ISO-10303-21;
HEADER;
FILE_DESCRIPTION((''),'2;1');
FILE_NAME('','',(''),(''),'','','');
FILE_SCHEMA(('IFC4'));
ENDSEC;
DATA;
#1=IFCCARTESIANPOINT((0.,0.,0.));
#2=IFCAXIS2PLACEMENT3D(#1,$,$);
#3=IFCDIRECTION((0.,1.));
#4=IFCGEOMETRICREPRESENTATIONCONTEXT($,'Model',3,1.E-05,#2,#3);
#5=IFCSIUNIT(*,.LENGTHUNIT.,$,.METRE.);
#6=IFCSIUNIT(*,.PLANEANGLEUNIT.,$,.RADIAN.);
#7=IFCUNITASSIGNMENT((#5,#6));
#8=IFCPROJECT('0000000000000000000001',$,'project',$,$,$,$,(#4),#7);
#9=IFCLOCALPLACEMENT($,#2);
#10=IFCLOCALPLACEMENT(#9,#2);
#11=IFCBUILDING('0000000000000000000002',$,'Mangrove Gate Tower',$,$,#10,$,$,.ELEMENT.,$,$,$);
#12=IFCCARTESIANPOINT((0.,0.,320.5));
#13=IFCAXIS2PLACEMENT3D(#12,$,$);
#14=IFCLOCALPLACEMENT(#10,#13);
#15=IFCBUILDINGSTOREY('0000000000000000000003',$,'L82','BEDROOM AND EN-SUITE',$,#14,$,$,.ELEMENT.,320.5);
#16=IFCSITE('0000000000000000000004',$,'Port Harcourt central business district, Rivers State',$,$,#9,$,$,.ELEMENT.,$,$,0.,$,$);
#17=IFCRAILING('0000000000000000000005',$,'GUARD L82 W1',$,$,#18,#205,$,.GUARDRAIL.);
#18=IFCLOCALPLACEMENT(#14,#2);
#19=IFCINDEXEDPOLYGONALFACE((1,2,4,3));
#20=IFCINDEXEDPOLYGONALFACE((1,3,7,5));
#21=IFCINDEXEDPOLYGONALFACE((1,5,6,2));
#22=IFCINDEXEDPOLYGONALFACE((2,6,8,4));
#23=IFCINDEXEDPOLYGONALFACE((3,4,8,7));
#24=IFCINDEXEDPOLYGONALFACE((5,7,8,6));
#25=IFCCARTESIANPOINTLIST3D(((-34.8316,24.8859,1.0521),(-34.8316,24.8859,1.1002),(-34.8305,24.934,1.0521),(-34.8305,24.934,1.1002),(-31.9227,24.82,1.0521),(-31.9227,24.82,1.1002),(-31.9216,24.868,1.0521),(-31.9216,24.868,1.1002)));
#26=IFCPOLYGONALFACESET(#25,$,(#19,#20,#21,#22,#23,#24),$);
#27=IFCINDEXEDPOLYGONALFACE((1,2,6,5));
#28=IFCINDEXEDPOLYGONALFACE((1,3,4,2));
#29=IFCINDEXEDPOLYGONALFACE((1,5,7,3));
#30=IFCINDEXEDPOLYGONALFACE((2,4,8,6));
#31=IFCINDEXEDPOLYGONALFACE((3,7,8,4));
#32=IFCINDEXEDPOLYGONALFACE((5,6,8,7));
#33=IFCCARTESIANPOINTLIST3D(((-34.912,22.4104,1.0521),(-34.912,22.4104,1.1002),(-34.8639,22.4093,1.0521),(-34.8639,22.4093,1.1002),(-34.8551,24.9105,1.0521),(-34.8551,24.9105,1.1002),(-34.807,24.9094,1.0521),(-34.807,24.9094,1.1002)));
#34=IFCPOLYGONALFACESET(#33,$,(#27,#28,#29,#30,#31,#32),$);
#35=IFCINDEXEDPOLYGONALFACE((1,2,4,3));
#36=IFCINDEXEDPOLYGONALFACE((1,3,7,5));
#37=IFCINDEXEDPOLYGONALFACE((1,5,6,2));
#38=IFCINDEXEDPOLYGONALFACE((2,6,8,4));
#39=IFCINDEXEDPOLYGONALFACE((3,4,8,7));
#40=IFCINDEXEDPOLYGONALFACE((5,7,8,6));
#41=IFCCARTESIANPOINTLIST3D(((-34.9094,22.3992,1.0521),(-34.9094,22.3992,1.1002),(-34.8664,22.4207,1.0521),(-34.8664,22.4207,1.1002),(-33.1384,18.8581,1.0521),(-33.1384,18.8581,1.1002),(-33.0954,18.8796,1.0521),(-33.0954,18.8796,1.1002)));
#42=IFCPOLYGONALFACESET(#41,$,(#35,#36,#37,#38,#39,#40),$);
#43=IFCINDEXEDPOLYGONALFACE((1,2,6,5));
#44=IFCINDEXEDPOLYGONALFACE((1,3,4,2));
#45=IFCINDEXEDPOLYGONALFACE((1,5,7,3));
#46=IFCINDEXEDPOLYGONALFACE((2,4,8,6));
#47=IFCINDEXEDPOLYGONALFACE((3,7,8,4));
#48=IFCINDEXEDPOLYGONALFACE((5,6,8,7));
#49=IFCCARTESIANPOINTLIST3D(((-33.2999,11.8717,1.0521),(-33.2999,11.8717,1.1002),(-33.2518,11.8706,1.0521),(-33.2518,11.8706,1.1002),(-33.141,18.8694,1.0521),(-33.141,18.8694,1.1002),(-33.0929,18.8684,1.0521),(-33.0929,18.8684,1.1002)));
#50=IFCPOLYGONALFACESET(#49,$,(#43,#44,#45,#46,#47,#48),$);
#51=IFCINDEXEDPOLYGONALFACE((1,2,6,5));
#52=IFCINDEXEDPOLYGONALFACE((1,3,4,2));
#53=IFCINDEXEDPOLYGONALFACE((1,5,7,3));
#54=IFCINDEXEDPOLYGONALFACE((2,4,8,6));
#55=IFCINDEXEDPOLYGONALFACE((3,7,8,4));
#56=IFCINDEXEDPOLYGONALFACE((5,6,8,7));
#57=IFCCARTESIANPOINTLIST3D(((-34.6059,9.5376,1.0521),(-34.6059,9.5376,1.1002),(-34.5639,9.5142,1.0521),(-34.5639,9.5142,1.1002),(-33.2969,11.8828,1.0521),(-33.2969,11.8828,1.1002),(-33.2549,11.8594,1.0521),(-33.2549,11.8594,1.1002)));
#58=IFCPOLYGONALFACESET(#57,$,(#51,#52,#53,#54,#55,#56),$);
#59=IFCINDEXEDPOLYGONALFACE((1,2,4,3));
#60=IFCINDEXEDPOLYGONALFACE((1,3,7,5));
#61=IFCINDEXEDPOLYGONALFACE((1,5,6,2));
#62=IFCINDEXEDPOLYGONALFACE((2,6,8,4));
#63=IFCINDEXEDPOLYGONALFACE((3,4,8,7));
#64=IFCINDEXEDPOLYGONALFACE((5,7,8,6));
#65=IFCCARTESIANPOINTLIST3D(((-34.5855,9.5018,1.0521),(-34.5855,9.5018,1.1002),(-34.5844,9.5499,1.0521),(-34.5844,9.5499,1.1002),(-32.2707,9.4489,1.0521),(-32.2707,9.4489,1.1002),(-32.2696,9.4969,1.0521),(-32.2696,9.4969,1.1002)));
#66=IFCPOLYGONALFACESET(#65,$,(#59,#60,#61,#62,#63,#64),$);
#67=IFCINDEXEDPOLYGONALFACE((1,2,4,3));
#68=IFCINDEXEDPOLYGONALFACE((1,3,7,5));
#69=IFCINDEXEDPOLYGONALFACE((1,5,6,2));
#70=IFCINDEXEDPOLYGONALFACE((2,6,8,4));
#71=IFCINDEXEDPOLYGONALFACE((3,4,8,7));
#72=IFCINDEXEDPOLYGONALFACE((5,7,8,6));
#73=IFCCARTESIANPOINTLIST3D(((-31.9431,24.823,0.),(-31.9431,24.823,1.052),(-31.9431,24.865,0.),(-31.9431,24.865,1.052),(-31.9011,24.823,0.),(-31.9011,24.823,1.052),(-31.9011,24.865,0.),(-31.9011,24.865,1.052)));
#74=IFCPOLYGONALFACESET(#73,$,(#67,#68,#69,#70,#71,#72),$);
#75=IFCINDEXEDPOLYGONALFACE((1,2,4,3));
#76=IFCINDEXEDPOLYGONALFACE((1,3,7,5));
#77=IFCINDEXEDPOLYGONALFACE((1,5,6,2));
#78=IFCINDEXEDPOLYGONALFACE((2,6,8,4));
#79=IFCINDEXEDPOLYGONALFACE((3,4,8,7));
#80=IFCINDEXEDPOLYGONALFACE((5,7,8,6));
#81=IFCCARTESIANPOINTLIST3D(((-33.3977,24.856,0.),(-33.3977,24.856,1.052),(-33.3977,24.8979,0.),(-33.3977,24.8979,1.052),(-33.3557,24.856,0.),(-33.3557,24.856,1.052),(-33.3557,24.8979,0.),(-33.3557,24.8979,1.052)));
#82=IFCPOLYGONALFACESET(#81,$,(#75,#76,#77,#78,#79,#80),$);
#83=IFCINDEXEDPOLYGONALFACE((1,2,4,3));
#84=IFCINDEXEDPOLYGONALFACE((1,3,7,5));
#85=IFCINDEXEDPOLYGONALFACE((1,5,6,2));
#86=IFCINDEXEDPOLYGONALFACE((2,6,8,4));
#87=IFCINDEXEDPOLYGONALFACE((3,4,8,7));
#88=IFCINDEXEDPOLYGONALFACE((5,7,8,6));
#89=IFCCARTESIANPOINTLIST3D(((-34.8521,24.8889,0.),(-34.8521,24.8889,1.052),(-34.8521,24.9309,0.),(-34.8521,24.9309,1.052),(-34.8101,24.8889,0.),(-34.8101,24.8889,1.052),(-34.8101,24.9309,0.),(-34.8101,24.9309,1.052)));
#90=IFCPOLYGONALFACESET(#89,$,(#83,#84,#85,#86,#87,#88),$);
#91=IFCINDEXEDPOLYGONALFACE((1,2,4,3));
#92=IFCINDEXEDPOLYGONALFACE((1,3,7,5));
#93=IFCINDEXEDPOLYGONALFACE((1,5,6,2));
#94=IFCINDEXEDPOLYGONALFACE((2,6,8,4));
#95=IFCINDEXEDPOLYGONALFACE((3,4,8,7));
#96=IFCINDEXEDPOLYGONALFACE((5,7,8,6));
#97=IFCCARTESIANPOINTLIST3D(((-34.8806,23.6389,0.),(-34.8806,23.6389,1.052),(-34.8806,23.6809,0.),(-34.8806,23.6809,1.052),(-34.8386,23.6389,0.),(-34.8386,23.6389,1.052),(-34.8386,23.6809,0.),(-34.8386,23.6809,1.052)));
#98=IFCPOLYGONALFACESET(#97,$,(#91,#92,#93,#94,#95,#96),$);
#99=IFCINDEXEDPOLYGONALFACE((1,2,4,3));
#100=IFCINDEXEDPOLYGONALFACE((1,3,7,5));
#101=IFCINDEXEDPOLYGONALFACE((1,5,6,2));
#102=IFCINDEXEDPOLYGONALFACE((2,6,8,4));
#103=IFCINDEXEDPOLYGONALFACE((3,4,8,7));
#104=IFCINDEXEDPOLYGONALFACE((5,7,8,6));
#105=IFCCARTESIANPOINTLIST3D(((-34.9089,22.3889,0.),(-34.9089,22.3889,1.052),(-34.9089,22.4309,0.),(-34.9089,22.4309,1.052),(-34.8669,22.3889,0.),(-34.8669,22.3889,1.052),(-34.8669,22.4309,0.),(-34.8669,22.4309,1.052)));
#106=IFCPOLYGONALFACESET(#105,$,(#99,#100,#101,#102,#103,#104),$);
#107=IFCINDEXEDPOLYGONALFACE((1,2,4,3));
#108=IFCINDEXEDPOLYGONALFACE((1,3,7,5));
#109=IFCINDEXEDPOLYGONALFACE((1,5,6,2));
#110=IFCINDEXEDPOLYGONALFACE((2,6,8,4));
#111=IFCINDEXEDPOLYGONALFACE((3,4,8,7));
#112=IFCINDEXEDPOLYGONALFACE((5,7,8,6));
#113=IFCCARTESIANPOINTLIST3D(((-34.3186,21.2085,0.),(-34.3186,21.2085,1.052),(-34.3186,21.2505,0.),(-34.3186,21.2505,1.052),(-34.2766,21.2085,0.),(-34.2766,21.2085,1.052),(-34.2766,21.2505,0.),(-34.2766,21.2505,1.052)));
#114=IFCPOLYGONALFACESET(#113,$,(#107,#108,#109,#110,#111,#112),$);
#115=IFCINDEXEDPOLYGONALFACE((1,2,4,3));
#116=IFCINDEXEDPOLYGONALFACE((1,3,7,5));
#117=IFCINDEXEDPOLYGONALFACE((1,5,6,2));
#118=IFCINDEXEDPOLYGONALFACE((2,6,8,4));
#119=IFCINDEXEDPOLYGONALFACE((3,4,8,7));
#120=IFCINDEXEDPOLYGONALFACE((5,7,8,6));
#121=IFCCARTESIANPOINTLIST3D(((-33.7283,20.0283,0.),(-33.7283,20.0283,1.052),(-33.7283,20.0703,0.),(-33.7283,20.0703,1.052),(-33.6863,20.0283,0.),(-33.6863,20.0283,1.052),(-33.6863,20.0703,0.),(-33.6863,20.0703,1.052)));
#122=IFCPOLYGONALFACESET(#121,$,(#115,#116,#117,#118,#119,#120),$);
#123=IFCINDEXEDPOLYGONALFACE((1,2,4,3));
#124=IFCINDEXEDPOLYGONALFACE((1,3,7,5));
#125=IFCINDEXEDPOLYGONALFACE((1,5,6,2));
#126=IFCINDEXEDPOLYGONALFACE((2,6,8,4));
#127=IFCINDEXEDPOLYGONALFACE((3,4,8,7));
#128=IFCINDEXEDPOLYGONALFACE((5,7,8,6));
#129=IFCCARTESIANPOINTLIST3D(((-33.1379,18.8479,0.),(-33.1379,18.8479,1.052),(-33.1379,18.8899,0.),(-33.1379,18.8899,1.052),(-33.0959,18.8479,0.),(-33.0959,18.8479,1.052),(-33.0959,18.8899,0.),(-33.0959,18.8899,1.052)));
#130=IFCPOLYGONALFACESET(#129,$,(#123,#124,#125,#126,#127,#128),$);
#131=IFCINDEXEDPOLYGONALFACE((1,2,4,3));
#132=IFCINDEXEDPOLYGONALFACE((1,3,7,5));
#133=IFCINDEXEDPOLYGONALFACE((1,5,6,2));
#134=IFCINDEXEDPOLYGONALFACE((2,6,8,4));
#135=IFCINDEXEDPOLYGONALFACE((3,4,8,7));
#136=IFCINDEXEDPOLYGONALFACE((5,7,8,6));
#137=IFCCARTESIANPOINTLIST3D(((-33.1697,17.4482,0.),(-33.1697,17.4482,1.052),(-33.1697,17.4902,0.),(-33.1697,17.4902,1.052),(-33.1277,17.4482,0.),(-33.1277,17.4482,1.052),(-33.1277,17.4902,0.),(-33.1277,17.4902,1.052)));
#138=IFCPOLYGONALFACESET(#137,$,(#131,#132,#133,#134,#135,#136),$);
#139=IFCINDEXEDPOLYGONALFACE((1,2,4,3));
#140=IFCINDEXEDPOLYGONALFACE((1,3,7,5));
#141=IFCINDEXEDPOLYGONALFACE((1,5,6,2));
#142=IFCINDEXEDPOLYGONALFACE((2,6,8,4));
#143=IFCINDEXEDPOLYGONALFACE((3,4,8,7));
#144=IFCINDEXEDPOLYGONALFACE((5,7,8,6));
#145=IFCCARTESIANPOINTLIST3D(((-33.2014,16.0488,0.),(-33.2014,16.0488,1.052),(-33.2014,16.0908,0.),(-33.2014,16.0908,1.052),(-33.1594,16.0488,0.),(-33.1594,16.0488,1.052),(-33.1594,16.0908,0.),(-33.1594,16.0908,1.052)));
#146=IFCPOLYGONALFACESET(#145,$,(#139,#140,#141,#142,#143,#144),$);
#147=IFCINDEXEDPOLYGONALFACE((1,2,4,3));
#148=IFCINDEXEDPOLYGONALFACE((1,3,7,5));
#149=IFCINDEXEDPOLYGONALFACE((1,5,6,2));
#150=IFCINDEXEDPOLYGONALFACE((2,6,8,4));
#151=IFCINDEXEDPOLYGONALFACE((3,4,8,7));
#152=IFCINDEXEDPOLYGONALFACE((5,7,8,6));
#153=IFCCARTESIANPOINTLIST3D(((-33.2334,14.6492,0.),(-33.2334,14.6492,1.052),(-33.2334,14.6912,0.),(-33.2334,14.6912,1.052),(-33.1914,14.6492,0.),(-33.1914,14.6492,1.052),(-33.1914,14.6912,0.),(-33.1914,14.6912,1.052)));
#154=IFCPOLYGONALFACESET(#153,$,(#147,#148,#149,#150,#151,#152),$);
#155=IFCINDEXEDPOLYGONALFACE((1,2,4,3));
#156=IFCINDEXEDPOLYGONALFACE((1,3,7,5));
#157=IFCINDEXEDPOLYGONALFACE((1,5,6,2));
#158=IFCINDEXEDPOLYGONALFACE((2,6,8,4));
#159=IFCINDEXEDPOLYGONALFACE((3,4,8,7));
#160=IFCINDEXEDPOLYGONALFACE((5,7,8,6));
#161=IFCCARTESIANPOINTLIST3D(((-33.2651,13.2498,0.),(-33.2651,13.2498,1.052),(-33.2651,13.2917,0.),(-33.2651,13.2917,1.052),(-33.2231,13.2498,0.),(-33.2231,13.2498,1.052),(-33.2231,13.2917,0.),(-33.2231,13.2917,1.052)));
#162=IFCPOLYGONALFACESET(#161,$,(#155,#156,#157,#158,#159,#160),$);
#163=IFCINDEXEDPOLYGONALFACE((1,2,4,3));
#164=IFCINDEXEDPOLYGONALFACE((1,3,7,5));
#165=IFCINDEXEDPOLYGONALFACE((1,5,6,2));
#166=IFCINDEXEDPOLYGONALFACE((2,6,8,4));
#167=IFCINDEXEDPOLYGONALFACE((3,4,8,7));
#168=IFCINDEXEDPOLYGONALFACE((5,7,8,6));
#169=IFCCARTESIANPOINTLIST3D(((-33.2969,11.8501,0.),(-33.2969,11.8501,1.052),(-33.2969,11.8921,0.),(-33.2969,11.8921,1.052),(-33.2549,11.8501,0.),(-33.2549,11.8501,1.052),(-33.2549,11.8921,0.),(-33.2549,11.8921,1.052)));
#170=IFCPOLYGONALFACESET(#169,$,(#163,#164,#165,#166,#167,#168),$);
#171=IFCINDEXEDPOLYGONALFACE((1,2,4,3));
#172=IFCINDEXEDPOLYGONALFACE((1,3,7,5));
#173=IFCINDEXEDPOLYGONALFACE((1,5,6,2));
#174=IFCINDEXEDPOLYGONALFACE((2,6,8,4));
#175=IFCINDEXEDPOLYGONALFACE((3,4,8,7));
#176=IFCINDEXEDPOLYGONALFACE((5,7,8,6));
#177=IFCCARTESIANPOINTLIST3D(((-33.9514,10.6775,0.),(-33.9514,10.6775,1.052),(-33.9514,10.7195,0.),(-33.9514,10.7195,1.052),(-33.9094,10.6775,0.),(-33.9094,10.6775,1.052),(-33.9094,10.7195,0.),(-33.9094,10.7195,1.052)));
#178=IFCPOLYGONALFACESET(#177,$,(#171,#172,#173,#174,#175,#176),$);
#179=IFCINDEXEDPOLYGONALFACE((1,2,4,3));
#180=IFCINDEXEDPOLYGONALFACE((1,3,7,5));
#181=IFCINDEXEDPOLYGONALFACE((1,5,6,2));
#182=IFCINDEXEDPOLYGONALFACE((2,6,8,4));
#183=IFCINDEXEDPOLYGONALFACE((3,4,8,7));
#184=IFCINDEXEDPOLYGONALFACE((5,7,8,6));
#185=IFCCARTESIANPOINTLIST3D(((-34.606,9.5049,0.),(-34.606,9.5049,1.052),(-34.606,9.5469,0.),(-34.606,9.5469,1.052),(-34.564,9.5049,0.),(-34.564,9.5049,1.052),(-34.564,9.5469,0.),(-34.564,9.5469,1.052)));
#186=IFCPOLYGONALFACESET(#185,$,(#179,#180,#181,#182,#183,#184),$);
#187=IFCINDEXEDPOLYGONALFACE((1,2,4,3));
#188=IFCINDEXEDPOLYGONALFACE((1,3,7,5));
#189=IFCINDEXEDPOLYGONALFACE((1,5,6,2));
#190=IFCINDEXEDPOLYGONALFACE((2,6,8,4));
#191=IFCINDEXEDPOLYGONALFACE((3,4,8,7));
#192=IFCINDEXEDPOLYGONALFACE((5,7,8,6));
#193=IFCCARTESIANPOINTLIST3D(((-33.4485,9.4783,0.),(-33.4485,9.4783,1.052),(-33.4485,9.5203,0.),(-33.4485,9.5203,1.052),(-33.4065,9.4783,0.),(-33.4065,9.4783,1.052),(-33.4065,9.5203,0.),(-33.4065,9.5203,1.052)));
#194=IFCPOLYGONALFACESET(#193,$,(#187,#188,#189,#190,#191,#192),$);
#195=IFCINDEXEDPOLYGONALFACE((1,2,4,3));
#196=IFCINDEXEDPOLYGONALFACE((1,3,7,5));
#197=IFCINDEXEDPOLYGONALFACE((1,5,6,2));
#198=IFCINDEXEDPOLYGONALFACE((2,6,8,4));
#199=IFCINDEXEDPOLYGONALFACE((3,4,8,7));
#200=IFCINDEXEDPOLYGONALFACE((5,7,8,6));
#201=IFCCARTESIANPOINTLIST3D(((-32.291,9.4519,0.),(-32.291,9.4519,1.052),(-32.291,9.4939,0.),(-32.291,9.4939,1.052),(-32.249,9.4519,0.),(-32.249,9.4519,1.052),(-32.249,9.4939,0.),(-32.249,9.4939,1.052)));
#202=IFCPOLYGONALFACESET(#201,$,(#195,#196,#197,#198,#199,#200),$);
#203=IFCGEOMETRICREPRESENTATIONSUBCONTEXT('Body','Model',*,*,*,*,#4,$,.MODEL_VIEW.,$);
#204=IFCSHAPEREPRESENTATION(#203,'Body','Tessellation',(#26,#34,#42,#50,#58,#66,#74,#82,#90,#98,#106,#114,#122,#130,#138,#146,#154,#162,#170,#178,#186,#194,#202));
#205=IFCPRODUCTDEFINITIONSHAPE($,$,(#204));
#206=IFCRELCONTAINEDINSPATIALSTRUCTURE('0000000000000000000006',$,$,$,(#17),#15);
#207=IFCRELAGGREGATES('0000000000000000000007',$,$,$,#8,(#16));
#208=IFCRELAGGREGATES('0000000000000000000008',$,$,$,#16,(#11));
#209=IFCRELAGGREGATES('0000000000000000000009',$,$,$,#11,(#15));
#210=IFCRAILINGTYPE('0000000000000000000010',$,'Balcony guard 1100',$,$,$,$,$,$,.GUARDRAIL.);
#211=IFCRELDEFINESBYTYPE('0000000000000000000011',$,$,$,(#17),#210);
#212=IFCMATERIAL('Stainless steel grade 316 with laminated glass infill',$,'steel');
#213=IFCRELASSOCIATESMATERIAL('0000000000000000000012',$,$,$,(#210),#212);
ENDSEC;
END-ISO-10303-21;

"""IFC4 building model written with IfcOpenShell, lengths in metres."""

from ifc_helpers import new_model, si_unit, direction, frame, origin, origin_2d, place, context, subcontext, project, spatial, rectangle, extrude, material, type_object, element, save


model = new_model("IFC4")

# Units and contexts
model_context = context("Model", 3, precision=1e-05, world=origin(), true_north=direction((0.0, 1.0)))
body_context = subcontext(model_context, "Body", "Model", "MODEL_VIEW")
ifc_project = project(units=[si_unit("LENGTHUNIT", "METRE"), si_unit("PLANEANGLEUNIT", "RADIAN")], contexts=[model_context])

# Site, building, storey
site_placement = place(None, origin())
site = spatial("IfcSite", under=ifc_project, at=site_placement, Name="Port Harcourt central business district, Rivers State", CompositionType="ELEMENT", RefElevation=0.0)
building_placement = place(site_placement, origin())
building = spatial("IfcBuilding", under=site, at=building_placement, Name="Mangrove Gate Tower", CompositionType="ELEMENT")
storey_placement = place(building_placement, frame((0.0, 0.0, 320.5)))
storey = spatial("IfcBuildingStorey", under=building, at=storey_placement, Name="L82", Description="BEDROOM AND EN-SUITE", CompositionType="ELEMENT", Elevation=320.5)

# Railing
ifc_material_1 = material(Name="Stainless steel grade 316 with laminated glass infill", Category="steel")
railing_type = type_object("IfcRailingType", Name="Balcony guard 1100", PredefinedType="GUARDRAIL", material=ifc_material_1)
railing_placement = place(storey_placement, frame((-31.9221, 24.844, 0.0)))
element("IfcRailing", 1, at=railing_placement, inside=storey, type_object=railing_type, Name="GUARD L82 W1", PredefinedType="GUARDRAIL", context=body_context, shape_type="SweptSolid", body=[
    extrude(rectangle(XDim=0.0481, YDim=0.0481, at=origin_2d()), frame((0.0, 0.0, 1.0762), z_axis=(-0.999743, 0.022655, 0.0), x_axis=(-0.022655, -0.999743, 0.0)), (0.0, 0.0, 1.0), 2.9097),
    extrude(rectangle(XDim=0.0481, YDim=0.0481, at=origin_2d()), frame((-2.9089, 0.0659, 1.0762), z_axis=(-0.022748, -0.999741, 0.0), x_axis=(0.999741, -0.022748, 0.0)), (0.0, 0.0, 1.0), 2.5007),
    extrude(rectangle(XDim=0.0481, YDim=0.0481, at=origin_2d()), frame((-2.9658, -2.4341, 1.0762), z_axis=(0.447312, -0.894378, 0.0), x_axis=(0.894378, 0.447312, 0.0)), (0.0, 0.0, 1.0), 3.9592),
    extrude(rectangle(XDim=0.0481, YDim=0.0481, at=origin_2d()), frame((-1.1948, -5.9751, 1.0762), z_axis=(-0.022706, -0.999742, 0.0), x_axis=(0.999742, -0.022706, 0.0)), (0.0, 0.0, 1.0), 6.9995),
    extrude(rectangle(XDim=0.0481, YDim=0.0481, at=origin_2d()), frame((-1.3538, -12.9729, 1.0762), z_axis=(-0.487402, -0.873178, 0.0), x_axis=(0.873178, -0.487402, 0.0)), (0.0, 0.0, 1.0), 2.6858),
    extrude(rectangle(XDim=0.0481, YDim=0.0481, at=origin_2d()), frame((-2.6628, -15.3181, 1.0762), z_axis=(0.999738, -0.022879, 0.0), x_axis=(0.022879, 0.999738, 0.0)), (0.0, 0.0, 1.0), 2.3154),
    extrude(rectangle(XDim=0.042, YDim=0.042, at=origin_2d()), origin(), (0.0, 0.0, 1.0), 1.052),
    extrude(rectangle(XDim=0.042, YDim=0.042, at=origin_2d()), frame((-1.4546, 0.033, 0.0)), (0.0, 0.0, 1.0), 1.052),
    extrude(rectangle(XDim=0.042, YDim=0.042, at=origin_2d()), frame((-2.9089, 0.0659, 0.0)), (0.0, 0.0, 1.0), 1.052),
    extrude(rectangle(XDim=0.042, YDim=0.042, at=origin_2d()), frame((-2.9375, -1.1841, 0.0)), (0.0, 0.0, 1.0), 1.052),
    extrude(rectangle(XDim=0.042, YDim=0.042, at=origin_2d()), frame((-2.9658, -2.4341, 0.0)), (0.0, 0.0, 1.0), 1.052),
    extrude(rectangle(XDim=0.042, YDim=0.042, at=origin_2d()), frame((-2.3755, -3.6145, 0.0)), (0.0, 0.0, 1.0), 1.052),
    extrude(rectangle(XDim=0.042, YDim=0.042, at=origin_2d()), frame((-1.7852, -4.7947, 0.0)), (0.0, 0.0, 1.0), 1.052),
    extrude(rectangle(XDim=0.042, YDim=0.042, at=origin_2d()), frame((-1.1948, -5.9751, 0.0)), (0.0, 0.0, 1.0), 1.052),
    extrude(rectangle(XDim=0.042, YDim=0.042, at=origin_2d()), frame((-1.2266, -7.3748, 0.0)), (0.0, 0.0, 1.0), 1.052),
    extrude(rectangle(XDim=0.042, YDim=0.042, at=origin_2d()), frame((-1.2583, -8.7742, 0.0)), (0.0, 0.0, 1.0), 1.052),
    extrude(rectangle(XDim=0.042, YDim=0.042, at=origin_2d()), frame((-1.2903, -10.1738, 0.0)), (0.0, 0.0, 1.0), 1.052),
    extrude(rectangle(XDim=0.042, YDim=0.042, at=origin_2d()), frame((-1.322, -11.5732, 0.0)), (0.0, 0.0, 1.0), 1.052),
    extrude(rectangle(XDim=0.042, YDim=0.042, at=origin_2d()), frame((-1.3538, -12.9729, 0.0)), (0.0, 0.0, 1.0), 1.052),
    extrude(rectangle(XDim=0.042, YDim=0.042, at=origin_2d()), frame((-2.0083, -14.1455, 0.0)), (0.0, 0.0, 1.0), 1.052),
    extrude(rectangle(XDim=0.042, YDim=0.042, at=origin_2d()), frame((-2.6628, -15.3181, 0.0)), (0.0, 0.0, 1.0), 1.052),
    extrude(rectangle(XDim=0.042, YDim=0.042, at=origin_2d()), frame((-1.5054, -15.3447, 0.0)), (0.0, 0.0, 1.0), 1.052),
    extrude(rectangle(XDim=0.042, YDim=0.042, at=origin_2d()), frame((-0.3479, -15.3711, 0.0)), (0.0, 0.0, 1.0), 1.052),
])

save(model, "model.ifc")
